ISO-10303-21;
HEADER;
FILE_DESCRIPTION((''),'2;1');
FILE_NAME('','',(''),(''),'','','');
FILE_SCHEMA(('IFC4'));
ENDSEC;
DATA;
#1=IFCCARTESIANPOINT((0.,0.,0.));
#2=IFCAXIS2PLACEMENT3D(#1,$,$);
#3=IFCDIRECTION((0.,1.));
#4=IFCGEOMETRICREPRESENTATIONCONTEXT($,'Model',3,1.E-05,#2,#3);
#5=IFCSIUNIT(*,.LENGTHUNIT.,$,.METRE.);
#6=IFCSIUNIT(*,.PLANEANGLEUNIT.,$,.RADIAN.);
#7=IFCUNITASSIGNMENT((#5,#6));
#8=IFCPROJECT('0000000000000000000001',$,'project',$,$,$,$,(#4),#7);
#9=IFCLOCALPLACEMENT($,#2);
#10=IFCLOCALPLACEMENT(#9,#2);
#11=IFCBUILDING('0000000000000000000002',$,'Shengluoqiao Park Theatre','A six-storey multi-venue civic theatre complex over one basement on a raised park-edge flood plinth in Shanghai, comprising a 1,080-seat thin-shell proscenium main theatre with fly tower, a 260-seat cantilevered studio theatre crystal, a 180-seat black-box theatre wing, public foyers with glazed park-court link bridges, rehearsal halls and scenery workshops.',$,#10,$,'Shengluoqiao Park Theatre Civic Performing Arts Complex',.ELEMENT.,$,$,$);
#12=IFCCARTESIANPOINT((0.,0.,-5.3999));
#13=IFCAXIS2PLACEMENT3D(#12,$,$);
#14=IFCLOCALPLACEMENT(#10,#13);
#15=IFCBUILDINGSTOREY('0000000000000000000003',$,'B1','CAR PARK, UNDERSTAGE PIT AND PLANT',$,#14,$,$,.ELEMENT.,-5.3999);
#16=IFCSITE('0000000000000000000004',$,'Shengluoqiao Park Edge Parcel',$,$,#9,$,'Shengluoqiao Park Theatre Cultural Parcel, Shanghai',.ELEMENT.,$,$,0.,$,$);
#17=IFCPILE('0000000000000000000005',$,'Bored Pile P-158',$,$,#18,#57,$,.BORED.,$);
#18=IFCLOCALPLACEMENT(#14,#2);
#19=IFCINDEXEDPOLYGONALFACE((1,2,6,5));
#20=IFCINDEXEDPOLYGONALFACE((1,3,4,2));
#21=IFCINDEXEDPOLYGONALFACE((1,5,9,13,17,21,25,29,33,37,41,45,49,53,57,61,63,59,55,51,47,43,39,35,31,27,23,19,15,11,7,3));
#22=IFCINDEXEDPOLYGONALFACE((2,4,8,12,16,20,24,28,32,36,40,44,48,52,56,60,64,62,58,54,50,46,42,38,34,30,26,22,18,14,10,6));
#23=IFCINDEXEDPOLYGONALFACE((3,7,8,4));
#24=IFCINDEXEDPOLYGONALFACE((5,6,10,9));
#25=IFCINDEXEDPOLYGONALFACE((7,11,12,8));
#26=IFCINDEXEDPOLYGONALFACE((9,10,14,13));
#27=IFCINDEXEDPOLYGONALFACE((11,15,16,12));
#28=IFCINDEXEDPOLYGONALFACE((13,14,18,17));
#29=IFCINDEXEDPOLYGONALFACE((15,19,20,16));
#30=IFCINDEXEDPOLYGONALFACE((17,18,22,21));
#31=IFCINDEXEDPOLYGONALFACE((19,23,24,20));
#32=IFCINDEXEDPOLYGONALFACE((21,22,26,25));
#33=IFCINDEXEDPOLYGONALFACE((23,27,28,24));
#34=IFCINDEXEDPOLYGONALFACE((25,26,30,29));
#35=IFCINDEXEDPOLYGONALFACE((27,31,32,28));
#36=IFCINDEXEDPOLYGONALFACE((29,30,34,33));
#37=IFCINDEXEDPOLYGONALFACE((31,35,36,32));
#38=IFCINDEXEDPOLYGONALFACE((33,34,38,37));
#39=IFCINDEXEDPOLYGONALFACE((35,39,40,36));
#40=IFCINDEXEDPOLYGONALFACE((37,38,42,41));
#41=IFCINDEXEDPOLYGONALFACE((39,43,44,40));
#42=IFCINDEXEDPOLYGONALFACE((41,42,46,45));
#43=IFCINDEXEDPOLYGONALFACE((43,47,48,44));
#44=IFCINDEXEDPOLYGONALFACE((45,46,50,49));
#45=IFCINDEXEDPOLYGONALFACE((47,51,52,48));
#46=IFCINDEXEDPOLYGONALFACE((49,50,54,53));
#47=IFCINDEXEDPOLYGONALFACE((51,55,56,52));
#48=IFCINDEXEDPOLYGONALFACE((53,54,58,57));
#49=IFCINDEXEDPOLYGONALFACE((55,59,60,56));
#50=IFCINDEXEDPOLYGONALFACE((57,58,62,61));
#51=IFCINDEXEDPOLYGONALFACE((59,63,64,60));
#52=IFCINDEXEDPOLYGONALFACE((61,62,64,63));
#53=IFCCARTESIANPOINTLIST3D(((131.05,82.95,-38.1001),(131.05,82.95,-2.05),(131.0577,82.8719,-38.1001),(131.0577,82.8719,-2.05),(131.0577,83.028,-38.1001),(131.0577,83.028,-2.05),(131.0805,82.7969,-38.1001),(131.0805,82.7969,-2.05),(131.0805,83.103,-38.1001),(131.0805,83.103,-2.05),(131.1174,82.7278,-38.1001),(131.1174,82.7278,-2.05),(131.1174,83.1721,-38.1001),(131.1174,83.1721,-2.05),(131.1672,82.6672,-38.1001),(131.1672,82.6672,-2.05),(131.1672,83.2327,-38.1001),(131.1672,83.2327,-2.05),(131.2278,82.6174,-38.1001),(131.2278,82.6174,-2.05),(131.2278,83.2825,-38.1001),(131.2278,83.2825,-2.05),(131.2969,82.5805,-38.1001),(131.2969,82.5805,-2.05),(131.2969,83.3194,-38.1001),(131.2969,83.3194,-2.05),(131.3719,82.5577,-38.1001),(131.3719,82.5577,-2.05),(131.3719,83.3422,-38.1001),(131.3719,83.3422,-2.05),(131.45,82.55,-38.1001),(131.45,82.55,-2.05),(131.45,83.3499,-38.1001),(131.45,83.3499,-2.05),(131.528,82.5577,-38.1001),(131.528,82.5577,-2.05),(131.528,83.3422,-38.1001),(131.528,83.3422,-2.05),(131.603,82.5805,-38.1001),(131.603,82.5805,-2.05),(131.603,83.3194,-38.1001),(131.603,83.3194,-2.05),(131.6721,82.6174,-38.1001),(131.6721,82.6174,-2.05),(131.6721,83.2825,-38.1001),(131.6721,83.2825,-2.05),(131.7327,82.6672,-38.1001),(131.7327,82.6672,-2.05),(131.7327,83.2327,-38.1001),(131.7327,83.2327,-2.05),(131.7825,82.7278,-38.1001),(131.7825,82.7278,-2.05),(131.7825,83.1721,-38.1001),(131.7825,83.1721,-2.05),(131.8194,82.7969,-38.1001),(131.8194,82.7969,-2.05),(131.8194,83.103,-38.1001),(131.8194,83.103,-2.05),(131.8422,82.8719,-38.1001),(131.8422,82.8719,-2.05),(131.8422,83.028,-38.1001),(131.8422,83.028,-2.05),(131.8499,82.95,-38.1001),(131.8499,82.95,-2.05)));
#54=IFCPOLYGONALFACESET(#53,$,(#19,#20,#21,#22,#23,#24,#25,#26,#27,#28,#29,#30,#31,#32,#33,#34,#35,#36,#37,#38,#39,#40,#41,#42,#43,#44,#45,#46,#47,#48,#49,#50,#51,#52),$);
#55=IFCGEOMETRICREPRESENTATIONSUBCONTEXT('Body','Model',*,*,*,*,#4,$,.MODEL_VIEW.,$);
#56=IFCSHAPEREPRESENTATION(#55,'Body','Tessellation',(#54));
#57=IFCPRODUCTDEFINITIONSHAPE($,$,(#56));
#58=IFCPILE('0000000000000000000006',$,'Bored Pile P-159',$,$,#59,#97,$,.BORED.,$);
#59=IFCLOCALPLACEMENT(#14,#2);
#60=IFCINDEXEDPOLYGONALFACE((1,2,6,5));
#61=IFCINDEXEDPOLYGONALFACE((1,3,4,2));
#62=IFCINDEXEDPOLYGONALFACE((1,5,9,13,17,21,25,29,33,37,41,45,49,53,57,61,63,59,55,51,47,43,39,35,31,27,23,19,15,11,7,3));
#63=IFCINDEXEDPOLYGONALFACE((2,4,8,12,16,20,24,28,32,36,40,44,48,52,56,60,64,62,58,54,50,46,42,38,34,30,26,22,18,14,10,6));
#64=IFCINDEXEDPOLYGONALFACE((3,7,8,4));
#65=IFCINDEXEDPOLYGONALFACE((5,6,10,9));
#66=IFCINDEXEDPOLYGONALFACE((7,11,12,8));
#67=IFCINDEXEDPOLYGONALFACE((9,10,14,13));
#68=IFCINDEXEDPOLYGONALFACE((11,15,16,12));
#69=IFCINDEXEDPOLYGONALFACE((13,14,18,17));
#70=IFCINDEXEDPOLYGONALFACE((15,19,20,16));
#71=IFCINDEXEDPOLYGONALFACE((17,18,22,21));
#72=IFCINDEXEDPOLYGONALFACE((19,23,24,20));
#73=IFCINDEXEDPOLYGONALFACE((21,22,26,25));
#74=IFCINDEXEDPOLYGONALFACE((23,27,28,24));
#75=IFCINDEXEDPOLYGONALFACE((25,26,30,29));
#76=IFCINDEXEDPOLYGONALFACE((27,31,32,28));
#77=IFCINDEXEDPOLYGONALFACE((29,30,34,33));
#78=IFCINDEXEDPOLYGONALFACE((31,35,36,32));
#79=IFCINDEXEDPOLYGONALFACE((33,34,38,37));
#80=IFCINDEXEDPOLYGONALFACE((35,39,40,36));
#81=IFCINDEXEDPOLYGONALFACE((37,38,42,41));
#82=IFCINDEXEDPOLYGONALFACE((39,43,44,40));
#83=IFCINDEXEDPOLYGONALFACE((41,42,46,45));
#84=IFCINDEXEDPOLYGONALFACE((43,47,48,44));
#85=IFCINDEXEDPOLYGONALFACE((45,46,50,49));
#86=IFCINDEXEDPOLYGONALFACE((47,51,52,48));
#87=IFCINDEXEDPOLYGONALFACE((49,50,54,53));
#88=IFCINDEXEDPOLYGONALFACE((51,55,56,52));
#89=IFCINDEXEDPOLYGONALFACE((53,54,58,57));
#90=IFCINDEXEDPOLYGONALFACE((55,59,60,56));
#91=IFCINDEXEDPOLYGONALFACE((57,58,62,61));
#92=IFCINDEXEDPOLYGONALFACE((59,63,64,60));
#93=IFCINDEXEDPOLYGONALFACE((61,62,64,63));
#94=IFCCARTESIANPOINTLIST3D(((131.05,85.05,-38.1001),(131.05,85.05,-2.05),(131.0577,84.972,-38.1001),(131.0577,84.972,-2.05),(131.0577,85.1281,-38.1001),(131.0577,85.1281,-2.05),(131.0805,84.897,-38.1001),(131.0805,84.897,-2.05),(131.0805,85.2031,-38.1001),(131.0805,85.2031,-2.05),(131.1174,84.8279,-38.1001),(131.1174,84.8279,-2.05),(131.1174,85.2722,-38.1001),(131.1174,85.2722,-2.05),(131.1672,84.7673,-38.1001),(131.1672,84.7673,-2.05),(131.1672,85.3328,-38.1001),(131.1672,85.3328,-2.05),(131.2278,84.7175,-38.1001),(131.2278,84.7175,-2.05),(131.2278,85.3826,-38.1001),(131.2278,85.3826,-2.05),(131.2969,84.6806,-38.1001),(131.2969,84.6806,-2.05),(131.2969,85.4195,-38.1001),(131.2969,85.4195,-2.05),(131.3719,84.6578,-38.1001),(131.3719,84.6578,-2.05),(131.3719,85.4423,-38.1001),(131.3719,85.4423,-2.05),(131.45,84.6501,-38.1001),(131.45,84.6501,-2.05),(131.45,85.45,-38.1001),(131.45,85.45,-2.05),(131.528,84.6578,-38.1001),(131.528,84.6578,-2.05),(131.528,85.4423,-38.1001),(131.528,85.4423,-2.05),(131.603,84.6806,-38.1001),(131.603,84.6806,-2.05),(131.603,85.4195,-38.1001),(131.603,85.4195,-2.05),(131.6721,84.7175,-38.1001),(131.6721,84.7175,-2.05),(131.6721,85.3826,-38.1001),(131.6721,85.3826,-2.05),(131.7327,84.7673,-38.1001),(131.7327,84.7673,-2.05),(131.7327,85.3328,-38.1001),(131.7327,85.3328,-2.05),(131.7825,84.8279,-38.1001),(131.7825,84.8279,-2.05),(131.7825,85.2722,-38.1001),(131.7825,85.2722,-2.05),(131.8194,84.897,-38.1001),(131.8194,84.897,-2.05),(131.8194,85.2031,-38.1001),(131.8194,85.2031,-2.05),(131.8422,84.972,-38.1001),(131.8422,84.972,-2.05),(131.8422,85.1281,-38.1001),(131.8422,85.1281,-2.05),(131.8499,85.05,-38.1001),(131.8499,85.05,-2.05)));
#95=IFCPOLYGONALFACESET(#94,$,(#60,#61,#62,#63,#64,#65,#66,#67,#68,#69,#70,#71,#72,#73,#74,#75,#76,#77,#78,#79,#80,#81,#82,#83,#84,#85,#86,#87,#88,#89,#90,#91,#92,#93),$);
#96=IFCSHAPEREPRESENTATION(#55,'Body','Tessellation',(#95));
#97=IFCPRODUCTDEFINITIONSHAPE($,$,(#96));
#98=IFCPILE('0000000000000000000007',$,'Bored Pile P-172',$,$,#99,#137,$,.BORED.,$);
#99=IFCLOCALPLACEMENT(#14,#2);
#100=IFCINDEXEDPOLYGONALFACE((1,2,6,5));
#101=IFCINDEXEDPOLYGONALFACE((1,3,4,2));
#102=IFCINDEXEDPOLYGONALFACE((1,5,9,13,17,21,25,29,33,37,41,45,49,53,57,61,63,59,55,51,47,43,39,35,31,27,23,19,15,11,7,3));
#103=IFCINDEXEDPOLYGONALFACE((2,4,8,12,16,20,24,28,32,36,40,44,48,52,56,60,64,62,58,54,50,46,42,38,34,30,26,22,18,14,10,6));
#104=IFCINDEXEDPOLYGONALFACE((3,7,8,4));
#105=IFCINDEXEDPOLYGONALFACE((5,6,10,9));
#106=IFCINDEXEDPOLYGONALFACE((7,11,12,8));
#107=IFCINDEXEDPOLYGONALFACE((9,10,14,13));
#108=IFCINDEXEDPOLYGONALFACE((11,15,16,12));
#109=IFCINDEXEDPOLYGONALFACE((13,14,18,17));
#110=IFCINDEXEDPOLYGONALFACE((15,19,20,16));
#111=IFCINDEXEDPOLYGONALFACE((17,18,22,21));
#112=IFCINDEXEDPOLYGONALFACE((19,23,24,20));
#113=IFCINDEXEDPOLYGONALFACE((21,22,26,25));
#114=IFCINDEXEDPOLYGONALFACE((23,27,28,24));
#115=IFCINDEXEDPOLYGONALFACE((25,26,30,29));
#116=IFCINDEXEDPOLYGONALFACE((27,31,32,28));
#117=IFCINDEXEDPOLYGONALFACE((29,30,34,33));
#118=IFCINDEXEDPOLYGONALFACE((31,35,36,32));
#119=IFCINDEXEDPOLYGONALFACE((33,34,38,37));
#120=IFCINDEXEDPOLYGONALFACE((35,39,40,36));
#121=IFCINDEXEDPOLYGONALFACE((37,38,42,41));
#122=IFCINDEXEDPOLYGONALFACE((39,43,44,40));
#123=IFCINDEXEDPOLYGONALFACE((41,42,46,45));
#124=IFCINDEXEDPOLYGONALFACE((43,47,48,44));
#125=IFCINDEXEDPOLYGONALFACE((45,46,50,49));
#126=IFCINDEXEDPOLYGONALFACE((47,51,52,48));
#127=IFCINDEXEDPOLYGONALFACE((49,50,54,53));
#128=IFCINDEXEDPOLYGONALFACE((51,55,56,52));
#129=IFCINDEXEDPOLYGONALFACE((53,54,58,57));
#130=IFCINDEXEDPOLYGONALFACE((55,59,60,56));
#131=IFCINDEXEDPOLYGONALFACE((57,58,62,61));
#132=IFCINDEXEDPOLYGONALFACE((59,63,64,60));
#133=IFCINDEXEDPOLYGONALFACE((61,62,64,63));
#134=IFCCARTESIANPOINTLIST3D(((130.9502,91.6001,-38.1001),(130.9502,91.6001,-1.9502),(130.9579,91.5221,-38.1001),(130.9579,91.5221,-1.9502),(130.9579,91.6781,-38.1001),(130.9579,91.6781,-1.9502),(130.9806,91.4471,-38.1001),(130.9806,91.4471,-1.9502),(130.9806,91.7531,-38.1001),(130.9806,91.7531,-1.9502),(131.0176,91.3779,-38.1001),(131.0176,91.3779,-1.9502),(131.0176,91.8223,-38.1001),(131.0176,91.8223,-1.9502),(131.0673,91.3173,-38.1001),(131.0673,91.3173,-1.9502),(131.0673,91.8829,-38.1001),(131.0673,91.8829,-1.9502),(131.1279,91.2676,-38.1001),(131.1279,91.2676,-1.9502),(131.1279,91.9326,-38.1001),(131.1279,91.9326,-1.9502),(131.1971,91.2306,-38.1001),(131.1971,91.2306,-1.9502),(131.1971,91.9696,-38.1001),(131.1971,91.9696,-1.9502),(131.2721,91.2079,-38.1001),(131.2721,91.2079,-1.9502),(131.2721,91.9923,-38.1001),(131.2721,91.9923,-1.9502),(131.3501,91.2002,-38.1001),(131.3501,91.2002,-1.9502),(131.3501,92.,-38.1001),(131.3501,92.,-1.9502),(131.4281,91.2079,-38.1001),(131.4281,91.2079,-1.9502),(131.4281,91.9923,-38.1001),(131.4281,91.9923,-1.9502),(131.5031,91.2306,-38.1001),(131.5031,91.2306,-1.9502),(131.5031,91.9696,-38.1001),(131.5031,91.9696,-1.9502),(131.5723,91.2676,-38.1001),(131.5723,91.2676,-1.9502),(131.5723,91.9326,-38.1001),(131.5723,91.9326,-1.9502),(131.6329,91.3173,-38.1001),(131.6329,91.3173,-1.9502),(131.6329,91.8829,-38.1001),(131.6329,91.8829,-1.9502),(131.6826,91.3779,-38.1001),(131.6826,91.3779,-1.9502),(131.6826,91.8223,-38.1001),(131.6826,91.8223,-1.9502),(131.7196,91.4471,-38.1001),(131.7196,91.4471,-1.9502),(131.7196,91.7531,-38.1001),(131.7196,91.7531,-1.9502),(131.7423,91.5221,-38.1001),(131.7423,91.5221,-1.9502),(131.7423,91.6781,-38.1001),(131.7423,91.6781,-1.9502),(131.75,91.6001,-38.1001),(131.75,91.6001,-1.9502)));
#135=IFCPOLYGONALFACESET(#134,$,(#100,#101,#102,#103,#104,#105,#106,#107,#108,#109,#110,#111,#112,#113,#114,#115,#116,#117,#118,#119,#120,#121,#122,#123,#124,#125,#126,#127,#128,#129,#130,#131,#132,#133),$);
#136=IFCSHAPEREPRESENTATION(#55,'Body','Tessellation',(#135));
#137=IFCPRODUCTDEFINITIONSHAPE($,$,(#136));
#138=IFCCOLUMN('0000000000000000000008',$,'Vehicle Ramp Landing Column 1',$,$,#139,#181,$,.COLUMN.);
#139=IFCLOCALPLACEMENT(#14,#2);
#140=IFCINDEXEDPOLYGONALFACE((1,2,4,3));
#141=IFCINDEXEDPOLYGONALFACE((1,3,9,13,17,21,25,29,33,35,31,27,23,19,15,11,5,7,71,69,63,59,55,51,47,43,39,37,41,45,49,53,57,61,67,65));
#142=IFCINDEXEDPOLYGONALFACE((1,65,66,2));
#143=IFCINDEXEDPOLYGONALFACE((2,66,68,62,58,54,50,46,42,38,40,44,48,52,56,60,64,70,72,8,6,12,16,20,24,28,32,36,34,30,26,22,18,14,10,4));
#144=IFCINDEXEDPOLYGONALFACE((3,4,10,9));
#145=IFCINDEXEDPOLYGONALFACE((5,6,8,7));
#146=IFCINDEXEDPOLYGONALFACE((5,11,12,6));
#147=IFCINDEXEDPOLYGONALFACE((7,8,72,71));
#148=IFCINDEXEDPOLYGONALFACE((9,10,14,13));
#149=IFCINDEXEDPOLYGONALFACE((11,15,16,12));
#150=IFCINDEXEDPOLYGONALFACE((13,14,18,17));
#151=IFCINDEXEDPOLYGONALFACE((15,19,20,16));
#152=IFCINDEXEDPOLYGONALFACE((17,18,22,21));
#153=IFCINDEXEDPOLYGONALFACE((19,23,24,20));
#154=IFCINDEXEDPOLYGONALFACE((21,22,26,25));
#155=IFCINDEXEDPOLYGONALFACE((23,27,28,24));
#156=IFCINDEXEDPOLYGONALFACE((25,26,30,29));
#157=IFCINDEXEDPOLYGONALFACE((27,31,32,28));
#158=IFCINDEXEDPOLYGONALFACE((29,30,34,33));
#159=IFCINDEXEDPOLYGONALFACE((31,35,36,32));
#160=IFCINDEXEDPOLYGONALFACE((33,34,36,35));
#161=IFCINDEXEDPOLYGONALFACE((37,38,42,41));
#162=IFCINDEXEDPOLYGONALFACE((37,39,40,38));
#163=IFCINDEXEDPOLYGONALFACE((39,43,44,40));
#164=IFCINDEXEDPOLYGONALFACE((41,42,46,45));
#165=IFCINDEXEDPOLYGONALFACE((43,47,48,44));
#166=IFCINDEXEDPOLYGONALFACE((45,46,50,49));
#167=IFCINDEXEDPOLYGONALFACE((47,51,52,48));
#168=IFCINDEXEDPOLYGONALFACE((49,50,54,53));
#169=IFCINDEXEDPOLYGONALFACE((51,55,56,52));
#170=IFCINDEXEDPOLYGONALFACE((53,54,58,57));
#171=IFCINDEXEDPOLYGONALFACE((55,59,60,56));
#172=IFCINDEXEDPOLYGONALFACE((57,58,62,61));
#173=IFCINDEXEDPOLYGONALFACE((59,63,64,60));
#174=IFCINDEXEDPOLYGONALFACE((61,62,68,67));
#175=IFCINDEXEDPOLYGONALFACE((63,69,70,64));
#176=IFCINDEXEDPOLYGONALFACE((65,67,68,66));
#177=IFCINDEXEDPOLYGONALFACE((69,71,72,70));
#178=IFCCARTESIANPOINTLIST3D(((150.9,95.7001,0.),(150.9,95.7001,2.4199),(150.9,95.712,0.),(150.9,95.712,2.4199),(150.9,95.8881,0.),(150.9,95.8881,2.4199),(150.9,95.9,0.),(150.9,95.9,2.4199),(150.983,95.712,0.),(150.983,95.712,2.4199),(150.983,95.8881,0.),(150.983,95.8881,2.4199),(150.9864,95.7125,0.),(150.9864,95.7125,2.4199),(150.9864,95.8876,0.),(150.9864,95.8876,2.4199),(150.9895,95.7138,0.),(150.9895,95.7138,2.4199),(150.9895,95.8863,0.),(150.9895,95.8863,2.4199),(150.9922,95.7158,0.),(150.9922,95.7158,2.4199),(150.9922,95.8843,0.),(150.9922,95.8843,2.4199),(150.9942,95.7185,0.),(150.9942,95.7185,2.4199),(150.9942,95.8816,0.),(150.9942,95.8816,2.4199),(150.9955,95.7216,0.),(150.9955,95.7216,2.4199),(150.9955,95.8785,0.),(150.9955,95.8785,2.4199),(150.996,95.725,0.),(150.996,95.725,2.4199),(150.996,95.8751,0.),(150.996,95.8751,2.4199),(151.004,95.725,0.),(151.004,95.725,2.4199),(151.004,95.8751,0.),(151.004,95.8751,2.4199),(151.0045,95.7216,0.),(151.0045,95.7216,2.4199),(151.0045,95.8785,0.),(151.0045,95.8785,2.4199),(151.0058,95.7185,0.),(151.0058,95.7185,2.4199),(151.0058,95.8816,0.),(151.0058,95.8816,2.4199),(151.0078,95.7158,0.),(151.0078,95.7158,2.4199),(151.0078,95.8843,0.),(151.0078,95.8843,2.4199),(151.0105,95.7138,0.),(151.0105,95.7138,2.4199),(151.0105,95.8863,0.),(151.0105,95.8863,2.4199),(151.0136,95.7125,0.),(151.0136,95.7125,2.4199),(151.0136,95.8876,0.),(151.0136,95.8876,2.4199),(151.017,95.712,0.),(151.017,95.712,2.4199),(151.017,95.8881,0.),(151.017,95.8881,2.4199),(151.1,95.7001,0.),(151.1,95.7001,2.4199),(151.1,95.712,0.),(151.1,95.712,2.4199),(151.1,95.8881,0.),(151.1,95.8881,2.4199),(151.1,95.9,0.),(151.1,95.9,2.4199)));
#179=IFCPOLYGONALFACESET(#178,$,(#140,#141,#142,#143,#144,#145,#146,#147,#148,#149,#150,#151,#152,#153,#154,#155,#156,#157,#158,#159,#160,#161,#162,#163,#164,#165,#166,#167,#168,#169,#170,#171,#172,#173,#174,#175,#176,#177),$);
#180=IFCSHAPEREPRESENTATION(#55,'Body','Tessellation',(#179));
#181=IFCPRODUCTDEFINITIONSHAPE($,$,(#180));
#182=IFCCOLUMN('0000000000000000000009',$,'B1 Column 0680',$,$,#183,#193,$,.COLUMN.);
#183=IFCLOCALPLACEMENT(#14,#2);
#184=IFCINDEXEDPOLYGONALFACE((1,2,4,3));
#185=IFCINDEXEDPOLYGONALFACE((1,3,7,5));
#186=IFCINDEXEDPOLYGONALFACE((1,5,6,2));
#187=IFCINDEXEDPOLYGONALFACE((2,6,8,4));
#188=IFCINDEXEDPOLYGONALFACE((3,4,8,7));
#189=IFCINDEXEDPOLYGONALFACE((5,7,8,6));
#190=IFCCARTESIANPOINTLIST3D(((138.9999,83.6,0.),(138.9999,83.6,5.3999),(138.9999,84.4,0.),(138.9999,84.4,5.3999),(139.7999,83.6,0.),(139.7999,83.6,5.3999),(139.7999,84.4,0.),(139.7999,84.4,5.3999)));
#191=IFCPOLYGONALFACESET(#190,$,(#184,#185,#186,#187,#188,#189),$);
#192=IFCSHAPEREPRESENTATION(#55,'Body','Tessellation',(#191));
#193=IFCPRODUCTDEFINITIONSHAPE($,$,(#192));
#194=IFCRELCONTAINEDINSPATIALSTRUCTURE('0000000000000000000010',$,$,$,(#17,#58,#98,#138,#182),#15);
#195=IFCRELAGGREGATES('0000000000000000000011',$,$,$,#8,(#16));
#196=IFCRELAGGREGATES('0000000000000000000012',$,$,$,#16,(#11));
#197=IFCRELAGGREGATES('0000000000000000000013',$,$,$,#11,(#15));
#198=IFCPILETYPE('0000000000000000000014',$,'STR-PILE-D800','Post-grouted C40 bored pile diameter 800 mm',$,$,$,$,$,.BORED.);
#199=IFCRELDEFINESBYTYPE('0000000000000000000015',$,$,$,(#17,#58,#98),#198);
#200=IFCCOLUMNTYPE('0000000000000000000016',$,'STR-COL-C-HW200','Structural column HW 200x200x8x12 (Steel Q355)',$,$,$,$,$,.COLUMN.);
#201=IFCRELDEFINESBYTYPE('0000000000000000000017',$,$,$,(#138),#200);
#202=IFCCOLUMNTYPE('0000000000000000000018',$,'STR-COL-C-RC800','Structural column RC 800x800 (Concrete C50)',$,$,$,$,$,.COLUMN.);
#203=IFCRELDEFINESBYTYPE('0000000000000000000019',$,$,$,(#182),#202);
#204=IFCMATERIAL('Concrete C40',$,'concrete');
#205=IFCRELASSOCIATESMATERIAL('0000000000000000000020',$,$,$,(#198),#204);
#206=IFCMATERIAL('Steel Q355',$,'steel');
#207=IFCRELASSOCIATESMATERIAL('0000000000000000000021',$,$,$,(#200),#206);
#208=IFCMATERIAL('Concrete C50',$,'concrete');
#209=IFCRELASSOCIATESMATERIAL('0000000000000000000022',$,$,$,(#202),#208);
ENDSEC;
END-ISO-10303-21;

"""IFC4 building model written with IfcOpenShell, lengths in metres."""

from ifc_helpers import new_model, si_unit, direction, frame, origin, origin_2d, place, context, subcontext, project, spatial, rectangle, circle, i_section, extrude, material, material_profile, profile_set, type_object, element, save


model = new_model("IFC4")

# Units and contexts
model_context = context("Model", 3, precision=1e-05, world=origin(), true_north=direction((0.0, 1.0)))
body_context = subcontext(model_context, "Body", "Model", "MODEL_VIEW")
ifc_project = project(units=[si_unit("LENGTHUNIT", "METRE"), si_unit("PLANEANGLEUNIT", "RADIAN")], contexts=[model_context])

# Site, building, storey
site_placement = place(None, origin())
site = spatial("IfcSite", under=ifc_project, at=site_placement, Name="Shengluoqiao Park Edge Parcel", LongName="Shengluoqiao Park Theatre Cultural Parcel, Shanghai", CompositionType="ELEMENT", RefElevation=0.0)
building_placement = place(site_placement, origin())
building = spatial("IfcBuilding", under=site, at=building_placement, Name="Shengluoqiao Park Theatre", Description="A six-storey multi-venue civic theatre complex over one basement on a raised park-edge flood plinth in Shanghai, comprising a 1,080-seat thin-shell proscenium main theatre with fly tower, a 260-seat cantilevered studio theatre crystal, a 180-seat black-box theatre wing, public foyers with glazed park-court link bridges, rehearsal halls and scenery workshops.", LongName="Shengluoqiao Park Theatre Civic Performing Arts Complex", CompositionType="ELEMENT")
storey_placement = place(building_placement, frame((0.0, 0.0, -5.3999)))
storey = spatial("IfcBuildingStorey", under=building, at=storey_placement, Name="B1", Description="CAR PARK, UNDERSTAGE PIT AND PLANT", CompositionType="ELEMENT", Elevation=-5.3999)

# Piles
ifc_material_1 = material(Name="Concrete C40", Category="concrete")
ifc_material_profile_1 = material_profile(ifc_material_1, circle(Radius=0.3999, at=origin_2d()), Name="BORED PILE D800")
ifc_profile_set_1 = profile_set([ifc_material_profile_1], Name="Concrete C40")
pile_type = type_object("IfcPileType", Name="STR-PILE-D800", Description="Post-grouted C40 bored pile diameter 800 mm", PredefinedType="BORED", material=ifc_profile_set_1)
for number, where, z_axis, x_axis, name in (
    (1, (131.45, 82.95, -2.05), (0.0, 0.0, -1.0), (1.0, 0.0, 0.0), "Bored Pile P-158"),
    (2, (131.45, 85.05, -2.05), (0.0, 0.0, -1.0), (1.0, 0.0, 0.0), "Bored Pile P-159"),
):
    element("IfcPile", number, at=place(storey_placement, frame(where, z_axis=z_axis, x_axis=x_axis)), inside=storey, type_object=pile_type, Name=name, PredefinedType="BORED", context=body_context, shape_type="SweptSolid", body=[
        extrude(circle(Radius=0.3999, at=origin_2d()), origin(), (0.0, 0.0, 1.0), 36.05),
    ])
pile_placement = place(storey_placement, frame((131.3501, 91.6001, -1.9502), z_axis=(0.0, 0.0, -1.0), x_axis=(1.0, 0.0, 0.0)))
element("IfcPile", 3, at=pile_placement, inside=storey, type_object=pile_type, Name="Bored Pile P-172", PredefinedType="BORED", context=body_context, shape_type="SweptSolid", body=[
    extrude(circle(Radius=0.3999, at=origin_2d()), origin(), (0.0, 0.0, 1.0), 36.1499),
])

# Columns
ifc_material_2 = material(Name="Steel Q355", Category="steel")
ifc_material_profile_2 = material_profile(ifc_material_2, i_section(OverallWidth=0.2, OverallDepth=0.2, WebThickness=0.0081, FlangeThickness=0.012, FilletRadius=0.0129, at=origin_2d()), Name="HW 200x200x8x12")
ifc_profile_set_2 = profile_set([ifc_material_profile_2], Name="Steel Q355")
column_type_1 = type_object("IfcColumnType", Name="STR-COL-C-HW200", Description="Structural column HW 200x200x8x12 (Steel Q355)", PredefinedType="COLUMN", material=ifc_profile_set_2)
column_placement = place(storey_placement, frame((151.0, 95.8, 0.0), z_axis=(0.0, 0.0, 1.0), x_axis=(1.0, 0.0, 0.0)))
element("IfcColumn", 4, at=column_placement, inside=storey, type_object=column_type_1, Name="Vehicle Ramp Landing Column 1", PredefinedType="COLUMN", context=body_context, shape_type="SweptSolid", body=[
    extrude(i_section(OverallWidth=0.2, OverallDepth=0.2, WebThickness=0.0081, FlangeThickness=0.012, FilletRadius=0.0129, at=origin_2d()), origin(), (0.0, 0.0, 1.0), 2.4199),
])
ifc_material_3 = material(Name="Concrete C50", Category="concrete")
ifc_material_profile_3 = material_profile(ifc_material_3, rectangle(XDim=0.8, YDim=0.8, at=origin_2d()), Name="RC 800x800")
ifc_profile_set_3 = profile_set([ifc_material_profile_3], Name="Concrete C50")
column_type_2 = type_object("IfcColumnType", Name="STR-COL-C-RC800", Description="Structural column RC 800x800 (Concrete C50)", PredefinedType="COLUMN", material=ifc_profile_set_3)
for number, where, z_axis, x_axis, name in (
    (5, (139.3999, 84.0, 0.0), (0.0, 0.0, 1.0), (1.0, 0.0, 0.0), "B1 Column 0680"),
):
    element("IfcColumn", number, at=place(storey_placement, frame(where, z_axis=z_axis, x_axis=x_axis)), inside=storey, type_object=column_type_2, Name=name, PredefinedType="COLUMN", context=body_context, shape_type="SweptSolid", body=[
        extrude(rectangle(XDim=0.8, YDim=0.8, at=origin_2d()), origin(), (0.0, 0.0, 1.0), 5.3999),
    ])

save(model, "model.ifc")
